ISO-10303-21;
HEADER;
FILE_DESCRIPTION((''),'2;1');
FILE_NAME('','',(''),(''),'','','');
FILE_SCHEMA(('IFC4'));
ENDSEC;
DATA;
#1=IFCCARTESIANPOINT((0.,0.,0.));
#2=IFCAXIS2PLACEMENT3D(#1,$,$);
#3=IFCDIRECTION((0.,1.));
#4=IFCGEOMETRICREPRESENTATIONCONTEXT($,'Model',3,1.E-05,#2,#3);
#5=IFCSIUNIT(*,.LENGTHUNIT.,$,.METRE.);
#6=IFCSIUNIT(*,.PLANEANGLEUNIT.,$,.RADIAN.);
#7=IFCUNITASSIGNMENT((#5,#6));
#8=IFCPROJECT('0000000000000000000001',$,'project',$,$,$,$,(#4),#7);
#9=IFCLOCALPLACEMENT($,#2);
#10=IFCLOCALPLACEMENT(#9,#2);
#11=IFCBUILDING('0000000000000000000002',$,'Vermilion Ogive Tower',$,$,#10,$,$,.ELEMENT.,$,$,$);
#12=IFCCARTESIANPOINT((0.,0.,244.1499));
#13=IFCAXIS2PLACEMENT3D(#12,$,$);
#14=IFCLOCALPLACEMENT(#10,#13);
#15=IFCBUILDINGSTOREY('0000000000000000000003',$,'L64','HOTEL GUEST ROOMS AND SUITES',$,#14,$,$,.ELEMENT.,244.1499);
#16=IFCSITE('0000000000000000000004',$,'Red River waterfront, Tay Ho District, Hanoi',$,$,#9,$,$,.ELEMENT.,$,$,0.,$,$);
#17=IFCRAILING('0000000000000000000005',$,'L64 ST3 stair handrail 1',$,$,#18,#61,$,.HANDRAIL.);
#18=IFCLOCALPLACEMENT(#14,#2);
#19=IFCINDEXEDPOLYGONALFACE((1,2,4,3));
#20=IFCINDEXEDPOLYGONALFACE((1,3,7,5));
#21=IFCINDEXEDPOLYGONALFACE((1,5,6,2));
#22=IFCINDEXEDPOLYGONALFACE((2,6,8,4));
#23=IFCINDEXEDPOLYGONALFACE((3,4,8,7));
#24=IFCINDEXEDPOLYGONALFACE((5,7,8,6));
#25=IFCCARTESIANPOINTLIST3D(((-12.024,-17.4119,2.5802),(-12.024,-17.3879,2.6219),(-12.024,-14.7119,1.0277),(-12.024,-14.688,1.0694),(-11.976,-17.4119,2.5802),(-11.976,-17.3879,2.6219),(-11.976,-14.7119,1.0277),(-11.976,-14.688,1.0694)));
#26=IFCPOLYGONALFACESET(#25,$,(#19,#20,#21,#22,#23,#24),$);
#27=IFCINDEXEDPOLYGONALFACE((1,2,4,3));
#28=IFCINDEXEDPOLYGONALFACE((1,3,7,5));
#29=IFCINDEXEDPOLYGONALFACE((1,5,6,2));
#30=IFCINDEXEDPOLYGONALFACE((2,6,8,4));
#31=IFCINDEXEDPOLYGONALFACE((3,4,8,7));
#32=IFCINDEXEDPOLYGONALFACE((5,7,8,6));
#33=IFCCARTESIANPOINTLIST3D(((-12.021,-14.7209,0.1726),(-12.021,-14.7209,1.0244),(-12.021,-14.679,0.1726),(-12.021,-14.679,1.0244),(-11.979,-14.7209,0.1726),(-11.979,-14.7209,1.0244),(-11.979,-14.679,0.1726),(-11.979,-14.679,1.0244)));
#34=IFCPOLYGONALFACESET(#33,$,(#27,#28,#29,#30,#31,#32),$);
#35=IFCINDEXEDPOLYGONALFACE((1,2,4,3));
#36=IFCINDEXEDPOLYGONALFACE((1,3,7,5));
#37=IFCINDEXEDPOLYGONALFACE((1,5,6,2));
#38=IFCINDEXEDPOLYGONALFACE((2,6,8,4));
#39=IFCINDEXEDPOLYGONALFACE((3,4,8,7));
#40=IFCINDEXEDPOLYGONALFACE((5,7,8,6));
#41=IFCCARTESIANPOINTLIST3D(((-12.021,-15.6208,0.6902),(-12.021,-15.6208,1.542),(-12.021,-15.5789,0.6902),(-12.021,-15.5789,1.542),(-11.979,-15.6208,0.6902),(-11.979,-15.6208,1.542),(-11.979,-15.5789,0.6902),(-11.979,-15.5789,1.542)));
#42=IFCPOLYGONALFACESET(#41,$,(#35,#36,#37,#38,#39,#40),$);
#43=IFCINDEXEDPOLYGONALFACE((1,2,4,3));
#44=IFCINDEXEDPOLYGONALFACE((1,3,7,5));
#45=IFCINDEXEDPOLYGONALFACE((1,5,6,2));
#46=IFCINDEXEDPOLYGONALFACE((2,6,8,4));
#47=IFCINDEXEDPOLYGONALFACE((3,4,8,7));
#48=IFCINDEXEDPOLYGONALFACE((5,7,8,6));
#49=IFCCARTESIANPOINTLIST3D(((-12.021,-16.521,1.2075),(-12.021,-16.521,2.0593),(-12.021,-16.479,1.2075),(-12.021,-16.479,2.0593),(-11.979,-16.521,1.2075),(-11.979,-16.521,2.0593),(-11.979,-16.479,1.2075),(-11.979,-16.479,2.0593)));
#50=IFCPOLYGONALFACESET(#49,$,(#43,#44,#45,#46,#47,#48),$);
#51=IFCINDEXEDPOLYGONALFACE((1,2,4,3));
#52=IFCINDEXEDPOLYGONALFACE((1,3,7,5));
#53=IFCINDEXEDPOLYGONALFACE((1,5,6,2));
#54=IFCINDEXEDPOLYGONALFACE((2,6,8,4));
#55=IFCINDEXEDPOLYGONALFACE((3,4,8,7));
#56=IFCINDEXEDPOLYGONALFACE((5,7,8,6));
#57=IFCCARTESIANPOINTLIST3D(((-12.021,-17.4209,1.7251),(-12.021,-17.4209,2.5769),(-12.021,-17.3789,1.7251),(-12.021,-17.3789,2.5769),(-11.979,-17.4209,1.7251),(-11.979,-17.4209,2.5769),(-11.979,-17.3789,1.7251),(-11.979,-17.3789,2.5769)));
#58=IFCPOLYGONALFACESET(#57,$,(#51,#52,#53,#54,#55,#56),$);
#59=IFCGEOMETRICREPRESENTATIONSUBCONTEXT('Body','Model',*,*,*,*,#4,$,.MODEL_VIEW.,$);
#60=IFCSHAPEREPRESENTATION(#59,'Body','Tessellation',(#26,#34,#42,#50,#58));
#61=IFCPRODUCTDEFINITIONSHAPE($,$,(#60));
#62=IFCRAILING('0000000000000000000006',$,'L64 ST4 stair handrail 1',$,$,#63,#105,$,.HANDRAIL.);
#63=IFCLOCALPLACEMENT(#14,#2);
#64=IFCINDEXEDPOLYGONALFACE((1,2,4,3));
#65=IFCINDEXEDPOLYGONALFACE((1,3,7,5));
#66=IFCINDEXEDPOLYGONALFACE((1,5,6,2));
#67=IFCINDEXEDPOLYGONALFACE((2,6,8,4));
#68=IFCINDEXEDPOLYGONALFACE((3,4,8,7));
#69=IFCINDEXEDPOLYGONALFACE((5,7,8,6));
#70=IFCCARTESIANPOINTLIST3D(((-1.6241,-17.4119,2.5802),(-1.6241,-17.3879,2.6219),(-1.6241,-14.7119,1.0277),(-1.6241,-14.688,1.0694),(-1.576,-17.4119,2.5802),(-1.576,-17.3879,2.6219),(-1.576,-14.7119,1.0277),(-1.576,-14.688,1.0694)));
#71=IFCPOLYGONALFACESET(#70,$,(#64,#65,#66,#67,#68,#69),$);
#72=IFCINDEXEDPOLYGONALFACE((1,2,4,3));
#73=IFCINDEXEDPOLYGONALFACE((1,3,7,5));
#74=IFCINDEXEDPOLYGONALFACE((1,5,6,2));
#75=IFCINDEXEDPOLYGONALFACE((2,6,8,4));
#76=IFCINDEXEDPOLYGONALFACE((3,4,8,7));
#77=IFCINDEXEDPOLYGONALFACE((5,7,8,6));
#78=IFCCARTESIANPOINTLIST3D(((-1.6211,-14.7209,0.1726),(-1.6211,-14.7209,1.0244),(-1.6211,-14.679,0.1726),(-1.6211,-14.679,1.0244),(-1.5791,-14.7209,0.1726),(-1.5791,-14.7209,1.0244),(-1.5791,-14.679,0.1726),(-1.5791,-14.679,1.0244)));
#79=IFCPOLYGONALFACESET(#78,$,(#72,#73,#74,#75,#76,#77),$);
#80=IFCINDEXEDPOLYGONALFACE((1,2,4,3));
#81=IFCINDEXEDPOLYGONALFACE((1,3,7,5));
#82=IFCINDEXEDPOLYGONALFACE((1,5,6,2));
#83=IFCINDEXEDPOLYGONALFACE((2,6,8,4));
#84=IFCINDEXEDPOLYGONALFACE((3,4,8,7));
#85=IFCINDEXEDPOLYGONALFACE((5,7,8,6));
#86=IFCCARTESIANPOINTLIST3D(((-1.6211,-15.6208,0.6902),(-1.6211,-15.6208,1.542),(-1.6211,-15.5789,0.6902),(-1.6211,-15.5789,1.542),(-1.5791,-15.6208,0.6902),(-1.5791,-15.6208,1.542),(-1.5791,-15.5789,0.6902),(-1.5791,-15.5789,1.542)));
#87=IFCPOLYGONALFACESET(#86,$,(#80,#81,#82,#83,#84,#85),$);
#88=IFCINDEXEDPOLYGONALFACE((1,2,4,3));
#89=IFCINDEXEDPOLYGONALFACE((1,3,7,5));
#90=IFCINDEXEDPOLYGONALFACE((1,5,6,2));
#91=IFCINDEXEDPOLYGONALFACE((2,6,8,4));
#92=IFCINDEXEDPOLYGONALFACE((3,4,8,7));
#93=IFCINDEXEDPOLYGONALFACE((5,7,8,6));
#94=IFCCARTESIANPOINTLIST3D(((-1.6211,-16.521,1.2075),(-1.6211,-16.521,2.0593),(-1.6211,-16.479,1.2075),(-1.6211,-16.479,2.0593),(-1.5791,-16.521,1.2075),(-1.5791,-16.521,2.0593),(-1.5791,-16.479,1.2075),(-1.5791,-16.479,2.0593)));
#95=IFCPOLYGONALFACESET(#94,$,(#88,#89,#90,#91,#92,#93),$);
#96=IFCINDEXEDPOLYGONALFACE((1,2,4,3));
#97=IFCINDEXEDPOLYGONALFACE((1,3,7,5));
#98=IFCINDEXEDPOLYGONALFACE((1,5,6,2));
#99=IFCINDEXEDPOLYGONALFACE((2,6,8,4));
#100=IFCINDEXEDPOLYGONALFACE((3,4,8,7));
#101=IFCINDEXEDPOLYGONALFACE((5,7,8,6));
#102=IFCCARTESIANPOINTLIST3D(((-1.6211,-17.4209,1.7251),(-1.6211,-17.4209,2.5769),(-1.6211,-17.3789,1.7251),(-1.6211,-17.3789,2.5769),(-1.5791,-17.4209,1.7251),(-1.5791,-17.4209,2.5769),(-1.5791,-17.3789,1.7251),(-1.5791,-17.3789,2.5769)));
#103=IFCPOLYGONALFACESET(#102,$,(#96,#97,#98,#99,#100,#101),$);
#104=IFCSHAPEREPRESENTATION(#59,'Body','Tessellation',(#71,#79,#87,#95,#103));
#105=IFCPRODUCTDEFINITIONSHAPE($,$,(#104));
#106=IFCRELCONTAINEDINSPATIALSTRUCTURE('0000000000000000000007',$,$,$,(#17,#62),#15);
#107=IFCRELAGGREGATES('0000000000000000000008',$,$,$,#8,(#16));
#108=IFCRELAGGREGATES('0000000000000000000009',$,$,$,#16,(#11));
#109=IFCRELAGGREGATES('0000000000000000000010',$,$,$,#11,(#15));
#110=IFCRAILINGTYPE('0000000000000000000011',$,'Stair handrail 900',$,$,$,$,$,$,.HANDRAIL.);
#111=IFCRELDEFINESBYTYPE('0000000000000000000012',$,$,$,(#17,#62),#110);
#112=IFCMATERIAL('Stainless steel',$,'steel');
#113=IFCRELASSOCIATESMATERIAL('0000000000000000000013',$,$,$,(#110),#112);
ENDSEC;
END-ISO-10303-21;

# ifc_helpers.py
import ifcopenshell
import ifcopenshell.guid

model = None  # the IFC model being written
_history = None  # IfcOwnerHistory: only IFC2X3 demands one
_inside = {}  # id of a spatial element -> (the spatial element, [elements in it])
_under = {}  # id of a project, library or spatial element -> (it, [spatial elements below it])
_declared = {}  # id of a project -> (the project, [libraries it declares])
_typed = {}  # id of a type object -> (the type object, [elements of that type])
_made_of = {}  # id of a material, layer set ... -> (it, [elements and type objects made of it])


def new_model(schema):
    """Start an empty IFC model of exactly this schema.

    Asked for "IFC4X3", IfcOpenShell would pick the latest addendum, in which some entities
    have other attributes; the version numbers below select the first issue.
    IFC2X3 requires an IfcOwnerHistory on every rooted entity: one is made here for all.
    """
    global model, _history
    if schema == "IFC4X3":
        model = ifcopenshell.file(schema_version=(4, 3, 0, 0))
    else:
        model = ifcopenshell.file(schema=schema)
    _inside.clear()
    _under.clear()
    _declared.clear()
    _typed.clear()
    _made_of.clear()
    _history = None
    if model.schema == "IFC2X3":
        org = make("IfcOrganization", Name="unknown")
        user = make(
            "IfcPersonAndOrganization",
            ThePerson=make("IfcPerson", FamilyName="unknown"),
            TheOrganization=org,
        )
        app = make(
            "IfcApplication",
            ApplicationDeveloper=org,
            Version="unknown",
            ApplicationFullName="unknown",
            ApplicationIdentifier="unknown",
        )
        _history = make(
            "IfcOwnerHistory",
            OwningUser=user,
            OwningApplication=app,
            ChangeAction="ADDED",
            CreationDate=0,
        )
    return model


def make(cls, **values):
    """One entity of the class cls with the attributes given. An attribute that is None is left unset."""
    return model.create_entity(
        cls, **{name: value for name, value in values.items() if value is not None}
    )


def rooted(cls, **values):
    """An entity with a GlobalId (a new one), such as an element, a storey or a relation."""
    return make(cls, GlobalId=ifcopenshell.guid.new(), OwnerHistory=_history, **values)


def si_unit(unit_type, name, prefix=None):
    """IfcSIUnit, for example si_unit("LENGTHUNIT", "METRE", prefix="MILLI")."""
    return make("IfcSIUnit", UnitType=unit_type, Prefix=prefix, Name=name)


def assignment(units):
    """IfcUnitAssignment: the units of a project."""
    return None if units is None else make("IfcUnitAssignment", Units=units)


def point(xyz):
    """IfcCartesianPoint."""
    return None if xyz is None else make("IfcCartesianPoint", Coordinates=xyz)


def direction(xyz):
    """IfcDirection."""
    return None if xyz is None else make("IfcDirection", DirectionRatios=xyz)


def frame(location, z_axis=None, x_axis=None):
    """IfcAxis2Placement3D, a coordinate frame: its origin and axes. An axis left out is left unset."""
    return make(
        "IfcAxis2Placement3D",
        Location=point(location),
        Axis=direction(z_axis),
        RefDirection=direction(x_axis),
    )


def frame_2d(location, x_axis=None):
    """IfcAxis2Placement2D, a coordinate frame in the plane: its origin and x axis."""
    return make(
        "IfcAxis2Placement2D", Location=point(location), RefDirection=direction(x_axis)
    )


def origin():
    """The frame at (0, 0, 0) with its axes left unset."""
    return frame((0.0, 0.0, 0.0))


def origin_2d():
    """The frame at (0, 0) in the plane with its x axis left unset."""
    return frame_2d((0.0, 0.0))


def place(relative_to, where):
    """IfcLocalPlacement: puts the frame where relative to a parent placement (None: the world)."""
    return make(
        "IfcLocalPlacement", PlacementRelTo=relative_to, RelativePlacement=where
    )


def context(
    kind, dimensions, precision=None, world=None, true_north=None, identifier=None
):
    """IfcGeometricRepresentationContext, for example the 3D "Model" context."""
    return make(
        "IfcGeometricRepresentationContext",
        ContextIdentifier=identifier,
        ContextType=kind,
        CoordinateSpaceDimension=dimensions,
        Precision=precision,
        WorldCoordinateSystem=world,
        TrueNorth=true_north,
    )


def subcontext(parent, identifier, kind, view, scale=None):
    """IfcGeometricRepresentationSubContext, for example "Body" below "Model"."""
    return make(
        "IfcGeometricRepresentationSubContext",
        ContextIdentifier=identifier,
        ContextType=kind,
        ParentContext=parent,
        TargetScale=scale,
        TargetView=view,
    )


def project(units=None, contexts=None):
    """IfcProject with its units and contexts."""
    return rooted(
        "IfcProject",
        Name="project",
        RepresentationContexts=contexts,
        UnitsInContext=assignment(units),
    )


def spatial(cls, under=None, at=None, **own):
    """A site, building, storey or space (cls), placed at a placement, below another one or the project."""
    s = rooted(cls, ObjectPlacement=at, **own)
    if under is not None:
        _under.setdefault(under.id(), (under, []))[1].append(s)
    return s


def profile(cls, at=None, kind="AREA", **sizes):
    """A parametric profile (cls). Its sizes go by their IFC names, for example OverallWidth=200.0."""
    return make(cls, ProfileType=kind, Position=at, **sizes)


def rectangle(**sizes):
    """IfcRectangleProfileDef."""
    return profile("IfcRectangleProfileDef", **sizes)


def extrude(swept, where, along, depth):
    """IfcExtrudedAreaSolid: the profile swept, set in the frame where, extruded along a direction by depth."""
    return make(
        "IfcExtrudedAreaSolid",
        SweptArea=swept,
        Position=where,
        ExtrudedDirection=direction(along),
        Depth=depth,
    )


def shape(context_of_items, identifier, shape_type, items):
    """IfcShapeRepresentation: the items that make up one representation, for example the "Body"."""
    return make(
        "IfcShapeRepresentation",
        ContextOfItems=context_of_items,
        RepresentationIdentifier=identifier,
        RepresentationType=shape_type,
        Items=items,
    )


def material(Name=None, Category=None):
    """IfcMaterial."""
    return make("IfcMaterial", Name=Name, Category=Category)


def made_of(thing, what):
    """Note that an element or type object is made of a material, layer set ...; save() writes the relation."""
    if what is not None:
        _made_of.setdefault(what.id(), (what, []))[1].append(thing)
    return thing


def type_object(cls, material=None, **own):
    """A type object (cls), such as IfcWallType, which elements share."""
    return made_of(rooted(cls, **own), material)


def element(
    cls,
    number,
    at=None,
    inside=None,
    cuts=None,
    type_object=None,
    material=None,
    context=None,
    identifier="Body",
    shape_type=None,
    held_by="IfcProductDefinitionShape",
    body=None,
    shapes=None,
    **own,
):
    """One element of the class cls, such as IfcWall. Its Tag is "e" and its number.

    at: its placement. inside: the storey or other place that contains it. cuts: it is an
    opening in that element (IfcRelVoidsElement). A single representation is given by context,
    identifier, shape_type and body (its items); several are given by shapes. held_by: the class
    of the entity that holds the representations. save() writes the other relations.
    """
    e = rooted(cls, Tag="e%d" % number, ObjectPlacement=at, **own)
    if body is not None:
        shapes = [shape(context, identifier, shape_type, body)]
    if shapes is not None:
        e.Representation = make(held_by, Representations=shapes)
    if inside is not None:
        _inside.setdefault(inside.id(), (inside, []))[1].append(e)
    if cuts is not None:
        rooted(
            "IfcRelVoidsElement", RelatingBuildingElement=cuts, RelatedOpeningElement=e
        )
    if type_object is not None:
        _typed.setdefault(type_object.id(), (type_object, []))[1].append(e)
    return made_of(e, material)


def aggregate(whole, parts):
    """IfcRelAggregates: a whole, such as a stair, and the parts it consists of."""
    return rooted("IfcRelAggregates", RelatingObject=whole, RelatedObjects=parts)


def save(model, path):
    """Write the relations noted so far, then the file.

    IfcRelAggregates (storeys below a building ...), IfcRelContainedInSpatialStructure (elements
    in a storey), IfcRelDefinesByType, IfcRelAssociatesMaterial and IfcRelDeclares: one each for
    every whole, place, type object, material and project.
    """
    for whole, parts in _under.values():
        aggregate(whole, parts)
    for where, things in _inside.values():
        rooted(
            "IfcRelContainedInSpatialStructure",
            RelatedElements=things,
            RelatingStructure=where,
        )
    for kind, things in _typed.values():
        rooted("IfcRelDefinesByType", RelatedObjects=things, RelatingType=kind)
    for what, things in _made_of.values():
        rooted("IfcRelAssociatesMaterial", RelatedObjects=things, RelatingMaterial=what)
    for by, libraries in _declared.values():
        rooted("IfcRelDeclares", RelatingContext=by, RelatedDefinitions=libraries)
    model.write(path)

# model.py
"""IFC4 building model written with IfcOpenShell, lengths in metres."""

from ifc_helpers import new_model, si_unit, direction, frame, origin, origin_2d, place, context, subcontext, project, spatial, rectangle, extrude, material, type_object, element, save


model = new_model("IFC4")

# Units and contexts
model_context = context("Model", 3, precision=1e-05, world=origin(), true_north=direction((0.0, 1.0)))
body_context = subcontext(model_context, "Body", "Model", "MODEL_VIEW")
ifc_project = project(units=[si_unit("LENGTHUNIT", "METRE"), si_unit("PLANEANGLEUNIT", "RADIAN")], contexts=[model_context])

# Site, building, storey
site_placement = place(None, origin())
site = spatial("IfcSite", under=ifc_project, at=site_placement, Name="Red River waterfront, Tay Ho District, Hanoi", CompositionType="ELEMENT", RefElevation=0.0)
building_placement = place(site_placement, origin())
building = spatial("IfcBuilding", under=site, at=building_placement, Name="Vermilion Ogive Tower", CompositionType="ELEMENT")
storey_placement = place(building_placement, frame((0.0, 0.0, 244.1499)))
storey = spatial("IfcBuildingStorey", under=building, at=storey_placement, Name="L64", Description="HOTEL GUEST ROOMS AND SUITES", CompositionType="ELEMENT", Elevation=244.1499)

# Railings
ifc_material_1 = material(Name="Stainless steel", Category="steel")
railing_type_1 = type_object("IfcRailingType", Name="Stair handrail 900", PredefinedType="HANDRAIL", material=ifc_material_1)
for number, where, name in (
    (1, (-12.0, -14.7, 0.1726), "L64 ST3 stair handrail 1"),
    (2, (-1.6001, -14.7, 0.1726), "L64 ST4 stair handrail 1"),
):
    element("IfcRailing", number, at=place(storey_placement, frame(where)), inside=storey, type_object=railing_type_1, Name=name, PredefinedType="HANDRAIL", context=body_context, shape_type="SweptSolid", body=[
        extrude(rectangle(XDim=0.0481, YDim=0.0481, at=origin_2d()), frame((0.0, 0.0, 0.876), z_axis=(0.0, -0.866904, 0.498476), x_axis=(1.0, 0.0, 0.0)), (0.0, 0.0, 1.0), 3.1145),
        extrude(rectangle(XDim=0.042, YDim=0.042, at=origin_2d()), origin(), (0.0, 0.0, 1.0), 0.8518),
        extrude(rectangle(XDim=0.042, YDim=0.042, at=origin_2d()), frame((0.0, -0.8999, 0.5176)), (0.0, 0.0, 1.0), 0.8518),
        extrude(rectangle(XDim=0.042, YDim=0.042, at=origin_2d()), frame((0.0, -1.8, 1.0349)), (0.0, 0.0, 1.0), 0.8518),
        extrude(rectangle(XDim=0.042, YDim=0.042, at=origin_2d()), frame((0.0, -2.7, 1.5525)), (0.0, 0.0, 1.0), 0.8518),
    ])

save(model, "model.ifc")
